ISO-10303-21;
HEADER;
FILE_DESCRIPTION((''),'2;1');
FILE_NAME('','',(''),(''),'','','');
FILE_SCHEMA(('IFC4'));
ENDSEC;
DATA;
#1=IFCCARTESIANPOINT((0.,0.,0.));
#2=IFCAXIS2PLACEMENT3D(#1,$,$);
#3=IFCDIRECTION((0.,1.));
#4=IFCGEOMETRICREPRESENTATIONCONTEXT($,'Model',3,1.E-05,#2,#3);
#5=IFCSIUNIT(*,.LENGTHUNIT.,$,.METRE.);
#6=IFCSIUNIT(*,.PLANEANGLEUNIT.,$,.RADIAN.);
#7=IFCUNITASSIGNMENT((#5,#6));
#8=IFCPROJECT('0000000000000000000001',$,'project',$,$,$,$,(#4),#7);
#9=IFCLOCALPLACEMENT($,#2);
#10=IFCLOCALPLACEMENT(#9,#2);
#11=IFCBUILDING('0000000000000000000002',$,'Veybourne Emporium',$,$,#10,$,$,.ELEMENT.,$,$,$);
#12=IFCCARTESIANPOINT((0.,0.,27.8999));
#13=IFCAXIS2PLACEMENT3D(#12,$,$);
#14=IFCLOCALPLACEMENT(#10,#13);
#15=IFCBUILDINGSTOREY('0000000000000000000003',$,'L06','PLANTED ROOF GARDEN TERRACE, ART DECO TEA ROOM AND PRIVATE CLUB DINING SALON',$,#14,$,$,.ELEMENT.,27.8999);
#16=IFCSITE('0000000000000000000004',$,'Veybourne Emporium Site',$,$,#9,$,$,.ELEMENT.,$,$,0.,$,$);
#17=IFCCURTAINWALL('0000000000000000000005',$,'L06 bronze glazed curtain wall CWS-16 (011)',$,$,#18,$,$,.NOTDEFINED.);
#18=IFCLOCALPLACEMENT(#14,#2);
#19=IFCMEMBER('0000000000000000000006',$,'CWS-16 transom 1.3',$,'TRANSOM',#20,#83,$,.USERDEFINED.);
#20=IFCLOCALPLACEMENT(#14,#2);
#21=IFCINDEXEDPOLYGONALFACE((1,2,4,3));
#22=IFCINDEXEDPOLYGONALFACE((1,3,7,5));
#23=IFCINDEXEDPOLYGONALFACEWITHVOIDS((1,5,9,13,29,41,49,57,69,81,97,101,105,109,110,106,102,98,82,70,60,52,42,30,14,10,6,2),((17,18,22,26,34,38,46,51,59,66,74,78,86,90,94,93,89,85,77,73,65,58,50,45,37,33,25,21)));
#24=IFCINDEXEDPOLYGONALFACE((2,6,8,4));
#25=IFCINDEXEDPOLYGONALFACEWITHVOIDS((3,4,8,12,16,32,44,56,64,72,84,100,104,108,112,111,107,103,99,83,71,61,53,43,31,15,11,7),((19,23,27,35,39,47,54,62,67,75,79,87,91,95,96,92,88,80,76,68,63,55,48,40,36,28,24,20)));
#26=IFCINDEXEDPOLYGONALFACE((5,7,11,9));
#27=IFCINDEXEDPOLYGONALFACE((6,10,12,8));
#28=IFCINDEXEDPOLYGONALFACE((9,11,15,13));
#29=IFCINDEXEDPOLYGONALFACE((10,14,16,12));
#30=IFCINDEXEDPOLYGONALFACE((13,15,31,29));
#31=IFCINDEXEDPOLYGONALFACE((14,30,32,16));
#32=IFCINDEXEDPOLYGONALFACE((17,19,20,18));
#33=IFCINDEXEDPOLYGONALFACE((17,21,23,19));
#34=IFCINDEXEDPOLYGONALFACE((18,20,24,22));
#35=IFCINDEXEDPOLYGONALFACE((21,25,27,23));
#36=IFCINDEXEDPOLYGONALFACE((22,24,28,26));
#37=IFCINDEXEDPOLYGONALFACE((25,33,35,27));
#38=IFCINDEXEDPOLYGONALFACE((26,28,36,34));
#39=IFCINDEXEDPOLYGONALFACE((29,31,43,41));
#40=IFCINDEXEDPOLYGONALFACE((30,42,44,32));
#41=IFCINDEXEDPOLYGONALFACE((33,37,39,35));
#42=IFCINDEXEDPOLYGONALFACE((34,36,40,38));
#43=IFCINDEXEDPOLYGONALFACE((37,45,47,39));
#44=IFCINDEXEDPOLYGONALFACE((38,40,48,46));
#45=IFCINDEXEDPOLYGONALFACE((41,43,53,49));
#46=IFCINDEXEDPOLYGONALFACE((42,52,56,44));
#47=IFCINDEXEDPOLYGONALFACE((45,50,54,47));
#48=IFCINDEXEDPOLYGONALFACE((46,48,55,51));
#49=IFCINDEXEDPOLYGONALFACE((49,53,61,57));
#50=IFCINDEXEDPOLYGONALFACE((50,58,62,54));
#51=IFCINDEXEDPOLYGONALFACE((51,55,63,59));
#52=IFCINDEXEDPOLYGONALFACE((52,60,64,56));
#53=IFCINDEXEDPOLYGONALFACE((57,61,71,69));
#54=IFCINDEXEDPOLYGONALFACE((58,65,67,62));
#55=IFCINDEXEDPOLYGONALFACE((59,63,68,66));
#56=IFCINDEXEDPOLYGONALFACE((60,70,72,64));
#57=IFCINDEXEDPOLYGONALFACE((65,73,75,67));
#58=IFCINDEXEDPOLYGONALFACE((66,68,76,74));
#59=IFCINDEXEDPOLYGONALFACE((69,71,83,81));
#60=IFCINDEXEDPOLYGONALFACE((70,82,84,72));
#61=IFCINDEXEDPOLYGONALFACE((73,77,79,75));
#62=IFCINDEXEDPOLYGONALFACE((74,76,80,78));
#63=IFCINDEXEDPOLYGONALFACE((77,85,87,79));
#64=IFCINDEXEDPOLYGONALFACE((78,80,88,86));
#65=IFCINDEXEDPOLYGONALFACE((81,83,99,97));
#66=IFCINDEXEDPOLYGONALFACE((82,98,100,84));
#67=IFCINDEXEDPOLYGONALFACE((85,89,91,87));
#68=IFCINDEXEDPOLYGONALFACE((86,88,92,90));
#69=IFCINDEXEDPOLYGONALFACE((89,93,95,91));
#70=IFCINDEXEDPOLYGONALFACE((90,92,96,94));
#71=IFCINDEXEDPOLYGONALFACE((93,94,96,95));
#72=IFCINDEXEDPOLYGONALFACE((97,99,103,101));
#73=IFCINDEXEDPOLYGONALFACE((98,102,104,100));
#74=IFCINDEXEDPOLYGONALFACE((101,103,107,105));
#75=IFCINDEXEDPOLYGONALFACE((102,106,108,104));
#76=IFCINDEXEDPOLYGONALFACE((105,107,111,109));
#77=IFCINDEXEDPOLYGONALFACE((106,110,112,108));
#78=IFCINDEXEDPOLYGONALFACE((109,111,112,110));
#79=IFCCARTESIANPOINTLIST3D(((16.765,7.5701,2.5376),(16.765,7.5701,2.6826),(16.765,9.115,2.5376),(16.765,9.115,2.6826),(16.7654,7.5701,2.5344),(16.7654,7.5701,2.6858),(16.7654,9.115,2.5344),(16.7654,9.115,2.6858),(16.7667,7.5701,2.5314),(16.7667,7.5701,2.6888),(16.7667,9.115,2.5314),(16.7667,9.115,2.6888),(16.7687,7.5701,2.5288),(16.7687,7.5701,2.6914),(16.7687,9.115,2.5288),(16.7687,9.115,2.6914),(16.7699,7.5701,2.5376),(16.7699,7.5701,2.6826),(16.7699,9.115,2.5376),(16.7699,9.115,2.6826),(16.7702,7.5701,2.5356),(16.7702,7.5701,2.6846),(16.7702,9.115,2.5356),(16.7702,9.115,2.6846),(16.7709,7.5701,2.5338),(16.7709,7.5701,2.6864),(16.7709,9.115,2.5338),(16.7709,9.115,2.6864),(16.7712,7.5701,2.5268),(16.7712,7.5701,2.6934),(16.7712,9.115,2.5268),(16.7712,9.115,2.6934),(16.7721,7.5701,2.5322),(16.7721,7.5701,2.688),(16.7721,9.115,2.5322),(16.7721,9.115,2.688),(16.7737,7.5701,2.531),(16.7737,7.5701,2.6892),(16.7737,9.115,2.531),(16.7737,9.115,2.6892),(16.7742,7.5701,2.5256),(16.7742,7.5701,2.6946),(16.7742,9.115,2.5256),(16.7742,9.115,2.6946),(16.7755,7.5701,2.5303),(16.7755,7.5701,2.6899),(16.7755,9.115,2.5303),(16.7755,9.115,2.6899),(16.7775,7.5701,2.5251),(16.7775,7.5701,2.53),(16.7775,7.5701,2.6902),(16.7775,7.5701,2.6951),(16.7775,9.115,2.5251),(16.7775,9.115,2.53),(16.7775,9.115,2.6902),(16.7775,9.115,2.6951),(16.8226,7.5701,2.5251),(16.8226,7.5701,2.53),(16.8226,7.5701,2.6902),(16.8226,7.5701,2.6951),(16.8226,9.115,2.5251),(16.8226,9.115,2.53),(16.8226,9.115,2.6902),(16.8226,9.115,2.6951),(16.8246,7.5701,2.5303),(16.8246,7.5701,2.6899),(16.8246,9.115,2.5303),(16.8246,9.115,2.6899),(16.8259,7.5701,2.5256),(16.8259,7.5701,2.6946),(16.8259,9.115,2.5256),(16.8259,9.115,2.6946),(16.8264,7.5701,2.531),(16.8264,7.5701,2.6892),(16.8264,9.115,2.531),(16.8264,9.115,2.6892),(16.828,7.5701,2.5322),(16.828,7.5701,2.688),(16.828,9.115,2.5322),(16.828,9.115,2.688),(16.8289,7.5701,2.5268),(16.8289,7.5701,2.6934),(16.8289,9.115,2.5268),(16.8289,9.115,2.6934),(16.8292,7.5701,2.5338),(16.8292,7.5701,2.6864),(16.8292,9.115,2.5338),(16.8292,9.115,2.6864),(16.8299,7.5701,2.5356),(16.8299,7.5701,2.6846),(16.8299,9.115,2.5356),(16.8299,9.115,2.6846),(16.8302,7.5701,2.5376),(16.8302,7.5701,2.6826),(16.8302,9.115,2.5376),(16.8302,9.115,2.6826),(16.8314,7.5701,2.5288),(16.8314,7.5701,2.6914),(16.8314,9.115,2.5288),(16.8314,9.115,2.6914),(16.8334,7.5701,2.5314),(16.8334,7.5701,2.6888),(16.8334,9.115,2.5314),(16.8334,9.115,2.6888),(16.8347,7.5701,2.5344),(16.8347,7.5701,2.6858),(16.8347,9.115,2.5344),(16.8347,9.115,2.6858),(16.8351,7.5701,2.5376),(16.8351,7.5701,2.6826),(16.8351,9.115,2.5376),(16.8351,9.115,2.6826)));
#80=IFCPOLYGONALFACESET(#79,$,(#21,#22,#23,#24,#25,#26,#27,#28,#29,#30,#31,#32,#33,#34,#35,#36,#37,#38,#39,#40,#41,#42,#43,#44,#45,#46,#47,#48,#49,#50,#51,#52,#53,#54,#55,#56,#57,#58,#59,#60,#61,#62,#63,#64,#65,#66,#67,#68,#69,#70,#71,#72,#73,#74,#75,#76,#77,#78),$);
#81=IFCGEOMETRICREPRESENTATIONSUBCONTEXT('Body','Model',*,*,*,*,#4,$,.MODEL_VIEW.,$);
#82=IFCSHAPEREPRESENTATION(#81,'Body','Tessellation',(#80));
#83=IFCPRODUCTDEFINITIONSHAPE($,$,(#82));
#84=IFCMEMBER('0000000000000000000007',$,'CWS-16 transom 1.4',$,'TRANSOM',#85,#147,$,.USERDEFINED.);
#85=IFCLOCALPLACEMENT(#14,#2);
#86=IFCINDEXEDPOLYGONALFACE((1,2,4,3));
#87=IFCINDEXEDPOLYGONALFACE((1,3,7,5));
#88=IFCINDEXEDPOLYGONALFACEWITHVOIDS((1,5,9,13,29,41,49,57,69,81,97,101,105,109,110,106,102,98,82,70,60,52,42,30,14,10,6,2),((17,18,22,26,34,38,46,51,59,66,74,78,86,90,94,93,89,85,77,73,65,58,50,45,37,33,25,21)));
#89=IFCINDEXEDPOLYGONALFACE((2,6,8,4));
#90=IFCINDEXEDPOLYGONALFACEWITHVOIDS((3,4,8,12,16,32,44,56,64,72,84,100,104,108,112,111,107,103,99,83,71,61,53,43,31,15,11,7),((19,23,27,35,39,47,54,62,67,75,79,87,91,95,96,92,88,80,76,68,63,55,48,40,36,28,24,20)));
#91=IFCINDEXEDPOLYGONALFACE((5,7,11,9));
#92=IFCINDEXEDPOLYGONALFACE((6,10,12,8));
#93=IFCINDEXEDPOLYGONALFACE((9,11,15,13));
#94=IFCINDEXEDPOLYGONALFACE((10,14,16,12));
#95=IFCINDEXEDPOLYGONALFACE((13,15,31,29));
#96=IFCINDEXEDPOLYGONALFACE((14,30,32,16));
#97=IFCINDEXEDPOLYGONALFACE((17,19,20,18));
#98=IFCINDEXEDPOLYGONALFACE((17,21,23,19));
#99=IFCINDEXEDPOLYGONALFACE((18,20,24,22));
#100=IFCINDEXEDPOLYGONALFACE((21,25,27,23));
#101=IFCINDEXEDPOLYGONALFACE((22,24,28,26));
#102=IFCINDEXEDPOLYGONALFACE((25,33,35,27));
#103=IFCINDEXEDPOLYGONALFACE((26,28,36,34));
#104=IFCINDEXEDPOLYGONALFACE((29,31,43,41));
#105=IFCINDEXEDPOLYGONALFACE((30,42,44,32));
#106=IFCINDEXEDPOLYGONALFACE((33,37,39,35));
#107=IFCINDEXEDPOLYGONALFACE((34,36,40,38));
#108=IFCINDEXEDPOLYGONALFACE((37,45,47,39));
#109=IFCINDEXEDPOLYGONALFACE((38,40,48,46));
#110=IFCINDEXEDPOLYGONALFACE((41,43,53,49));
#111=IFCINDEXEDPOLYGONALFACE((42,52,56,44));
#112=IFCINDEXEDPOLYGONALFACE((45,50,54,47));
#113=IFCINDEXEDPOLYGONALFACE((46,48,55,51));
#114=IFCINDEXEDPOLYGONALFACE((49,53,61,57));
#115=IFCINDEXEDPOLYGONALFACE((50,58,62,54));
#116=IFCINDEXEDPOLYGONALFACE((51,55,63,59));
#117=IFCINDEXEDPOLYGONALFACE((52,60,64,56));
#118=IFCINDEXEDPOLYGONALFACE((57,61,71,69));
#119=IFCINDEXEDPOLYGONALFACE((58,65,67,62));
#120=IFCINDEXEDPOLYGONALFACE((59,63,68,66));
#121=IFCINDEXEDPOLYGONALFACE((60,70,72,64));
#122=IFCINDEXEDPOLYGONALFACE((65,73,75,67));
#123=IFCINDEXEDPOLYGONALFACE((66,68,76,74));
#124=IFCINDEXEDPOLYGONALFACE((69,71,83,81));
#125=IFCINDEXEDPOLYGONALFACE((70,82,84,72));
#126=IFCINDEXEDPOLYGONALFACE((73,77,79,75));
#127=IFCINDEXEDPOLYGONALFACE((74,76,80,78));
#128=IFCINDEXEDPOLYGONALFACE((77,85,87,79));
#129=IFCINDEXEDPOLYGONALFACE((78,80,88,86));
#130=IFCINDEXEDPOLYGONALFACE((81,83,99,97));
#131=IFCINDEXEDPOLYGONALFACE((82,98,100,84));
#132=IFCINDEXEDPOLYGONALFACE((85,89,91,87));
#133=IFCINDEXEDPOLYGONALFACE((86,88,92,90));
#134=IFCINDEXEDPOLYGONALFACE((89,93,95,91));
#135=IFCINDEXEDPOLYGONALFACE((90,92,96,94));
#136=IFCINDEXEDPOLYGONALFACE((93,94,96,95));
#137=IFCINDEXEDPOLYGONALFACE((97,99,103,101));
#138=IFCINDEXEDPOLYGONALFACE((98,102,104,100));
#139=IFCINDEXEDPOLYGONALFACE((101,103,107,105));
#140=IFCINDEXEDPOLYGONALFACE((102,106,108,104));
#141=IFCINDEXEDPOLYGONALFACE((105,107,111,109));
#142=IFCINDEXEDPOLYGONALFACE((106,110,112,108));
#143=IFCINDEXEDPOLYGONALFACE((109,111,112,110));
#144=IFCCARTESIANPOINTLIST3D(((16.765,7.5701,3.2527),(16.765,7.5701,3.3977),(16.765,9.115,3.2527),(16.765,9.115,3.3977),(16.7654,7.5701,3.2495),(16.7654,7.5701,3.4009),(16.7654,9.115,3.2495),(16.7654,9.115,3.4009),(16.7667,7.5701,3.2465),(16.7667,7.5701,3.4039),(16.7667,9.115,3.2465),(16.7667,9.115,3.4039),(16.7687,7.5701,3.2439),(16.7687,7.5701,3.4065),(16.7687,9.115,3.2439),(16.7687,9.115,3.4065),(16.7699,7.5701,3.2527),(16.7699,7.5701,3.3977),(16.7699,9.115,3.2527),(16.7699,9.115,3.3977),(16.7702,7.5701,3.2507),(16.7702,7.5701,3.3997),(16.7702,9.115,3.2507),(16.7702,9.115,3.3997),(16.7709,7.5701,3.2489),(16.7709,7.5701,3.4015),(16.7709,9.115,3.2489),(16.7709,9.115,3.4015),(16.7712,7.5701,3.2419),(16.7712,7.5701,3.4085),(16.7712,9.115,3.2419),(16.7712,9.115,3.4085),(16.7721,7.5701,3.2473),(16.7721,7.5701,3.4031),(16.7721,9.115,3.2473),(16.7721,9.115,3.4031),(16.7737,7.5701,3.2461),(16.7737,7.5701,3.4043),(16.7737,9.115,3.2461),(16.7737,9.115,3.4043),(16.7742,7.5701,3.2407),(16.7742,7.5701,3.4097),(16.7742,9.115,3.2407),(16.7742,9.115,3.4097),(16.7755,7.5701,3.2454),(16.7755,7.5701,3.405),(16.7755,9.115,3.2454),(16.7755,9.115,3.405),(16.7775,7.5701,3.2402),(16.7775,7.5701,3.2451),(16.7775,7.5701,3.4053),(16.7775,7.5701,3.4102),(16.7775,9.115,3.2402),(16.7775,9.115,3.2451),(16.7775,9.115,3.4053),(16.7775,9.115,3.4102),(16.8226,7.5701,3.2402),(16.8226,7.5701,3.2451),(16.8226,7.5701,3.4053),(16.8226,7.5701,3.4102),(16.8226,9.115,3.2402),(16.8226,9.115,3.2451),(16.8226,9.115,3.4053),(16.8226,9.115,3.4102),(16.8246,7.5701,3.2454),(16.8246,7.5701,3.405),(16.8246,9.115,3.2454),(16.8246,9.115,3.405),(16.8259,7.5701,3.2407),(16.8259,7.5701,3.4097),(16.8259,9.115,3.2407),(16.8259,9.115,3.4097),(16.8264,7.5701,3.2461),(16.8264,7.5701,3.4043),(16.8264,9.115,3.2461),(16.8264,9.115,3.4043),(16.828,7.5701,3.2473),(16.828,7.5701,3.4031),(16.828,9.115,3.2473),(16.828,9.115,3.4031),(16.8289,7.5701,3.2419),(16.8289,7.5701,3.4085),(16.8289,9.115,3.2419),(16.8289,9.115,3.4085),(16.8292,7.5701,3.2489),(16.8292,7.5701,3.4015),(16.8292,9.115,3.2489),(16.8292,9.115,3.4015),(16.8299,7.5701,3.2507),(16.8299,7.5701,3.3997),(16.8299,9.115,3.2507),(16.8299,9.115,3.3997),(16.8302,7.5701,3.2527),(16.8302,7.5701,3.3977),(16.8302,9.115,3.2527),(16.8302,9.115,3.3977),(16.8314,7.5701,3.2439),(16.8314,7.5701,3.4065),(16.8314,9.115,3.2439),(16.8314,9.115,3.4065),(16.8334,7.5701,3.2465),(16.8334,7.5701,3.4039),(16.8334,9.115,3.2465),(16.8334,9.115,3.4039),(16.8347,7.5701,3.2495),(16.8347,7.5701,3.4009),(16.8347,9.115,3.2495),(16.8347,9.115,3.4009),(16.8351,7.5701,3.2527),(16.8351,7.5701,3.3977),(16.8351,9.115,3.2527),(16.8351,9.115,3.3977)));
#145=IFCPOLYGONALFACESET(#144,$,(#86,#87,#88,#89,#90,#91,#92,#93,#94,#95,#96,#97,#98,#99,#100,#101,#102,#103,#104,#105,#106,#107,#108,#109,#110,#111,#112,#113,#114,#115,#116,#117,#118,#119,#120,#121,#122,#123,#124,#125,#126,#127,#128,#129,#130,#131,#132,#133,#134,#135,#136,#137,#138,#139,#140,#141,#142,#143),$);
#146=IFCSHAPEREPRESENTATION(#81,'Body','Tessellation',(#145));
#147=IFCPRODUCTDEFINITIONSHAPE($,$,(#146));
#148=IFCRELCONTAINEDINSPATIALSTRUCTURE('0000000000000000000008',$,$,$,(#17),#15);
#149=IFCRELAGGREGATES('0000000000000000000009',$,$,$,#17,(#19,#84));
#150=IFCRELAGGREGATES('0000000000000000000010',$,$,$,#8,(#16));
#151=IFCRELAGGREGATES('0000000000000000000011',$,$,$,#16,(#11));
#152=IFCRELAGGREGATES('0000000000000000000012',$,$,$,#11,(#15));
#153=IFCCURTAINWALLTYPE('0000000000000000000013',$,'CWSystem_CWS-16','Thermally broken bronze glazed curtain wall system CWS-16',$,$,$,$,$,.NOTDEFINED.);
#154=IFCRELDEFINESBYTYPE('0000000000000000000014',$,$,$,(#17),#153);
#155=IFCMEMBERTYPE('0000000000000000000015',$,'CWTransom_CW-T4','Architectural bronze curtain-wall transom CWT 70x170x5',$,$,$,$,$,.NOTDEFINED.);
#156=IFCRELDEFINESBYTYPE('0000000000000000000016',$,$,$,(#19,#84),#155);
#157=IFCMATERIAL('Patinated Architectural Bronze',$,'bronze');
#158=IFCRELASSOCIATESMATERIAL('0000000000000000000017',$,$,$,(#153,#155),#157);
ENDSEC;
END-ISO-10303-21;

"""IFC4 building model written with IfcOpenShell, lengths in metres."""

from ifc_helpers import new_model, si_unit, direction, frame, origin, origin_2d, place, context, subcontext, project, spatial, hollow_rectangle, extrude, material, material_profile, profile_set, type_object, element, aggregate, save


model = new_model("IFC4")

# Units and contexts
model_context = context("Model", 3, precision=1e-05, world=origin(), true_north=direction((0.0, 1.0)))
body_context = subcontext(model_context, "Body", "Model", "MODEL_VIEW")
ifc_project = project(units=[si_unit("LENGTHUNIT", "METRE"), si_unit("PLANEANGLEUNIT", "RADIAN")], contexts=[model_context])

# Site, building, storey
site_placement = place(None, origin())
site = spatial("IfcSite", under=ifc_project, at=site_placement, Name="Veybourne Emporium Site", CompositionType="ELEMENT", RefElevation=0.0)
building_placement = place(site_placement, origin())
building = spatial("IfcBuilding", under=site, at=building_placement, Name="Veybourne Emporium", CompositionType="ELEMENT")
storey_placement = place(building_placement, frame((0.0, 0.0, 27.8999)))
storey = spatial("IfcBuildingStorey", under=building, at=storey_placement, Name="L06", Description="PLANTED ROOF GARDEN TERRACE, ART DECO TEA ROOM AND PRIVATE CLUB DINING SALON", CompositionType="ELEMENT", Elevation=27.8999)

# Curtain wall
ifc_material_1 = material(Name="Patinated Architectural Bronze", Category="bronze")
curtain_wall_type_1 = type_object("IfcCurtainWallType", Name="CWSystem_CWS-16", Description="Thermally broken bronze glazed curtain wall system CWS-16", PredefinedType="NOTDEFINED", material=ifc_material_1)
curtain_wall_1_placement = place(storey_placement, origin())
curtain_wall_1 = element("IfcCurtainWall", 1, at=curtain_wall_1_placement, inside=storey, type_object=curtain_wall_type_1, Name="L06 bronze glazed curtain wall CWS-16 (011)", PredefinedType="NOTDEFINED")

# Members
ifc_material_profile_1 = material_profile(ifc_material_1, hollow_rectangle(XDim=0.0701, YDim=0.1699, WallThickness=0.0049, InnerFilletRadius=0.0076, OuterFilletRadius=0.0125, at=origin_2d()), Name="CWT 70x170x5")
ifc_profile_set_1 = profile_set([ifc_material_profile_1], Name="Patinated Architectural Bronze")
member_type_1 = type_object("IfcMemberType", Name="CWTransom_CW-T4", Description="Architectural bronze curtain-wall transom CWT 70x170x5", PredefinedType="NOTDEFINED", material=ifc_profile_set_1)
member_1_placement = place(storey_placement, frame((16.8, 7.5701, 2.6101), z_axis=(0.0, 1.0, 0.0), x_axis=(-1.0, 0.0, 0.0)))
member_1 = element("IfcMember", 2, at=member_1_placement, type_object=member_type_1, Name="CWS-16 transom 1.3", ObjectType="TRANSOM", PredefinedType="USERDEFINED", context=body_context, shape_type="SweptSolid", body=[
    extrude(hollow_rectangle(XDim=0.0701, YDim=0.1699, WallThickness=0.0049, InnerFilletRadius=0.0076, OuterFilletRadius=0.0125, at=origin_2d()), origin(), (0.0, 0.0, 1.0), 1.5449),
])
member_2_placement = place(storey_placement, frame((16.8, 7.5701, 3.3252), z_axis=(0.0, 1.0, 0.0), x_axis=(-1.0, 0.0, 0.0)))
member_2 = element("IfcMember", 3, at=member_2_placement, type_object=member_type_1, Name="CWS-16 transom 1.4", ObjectType="TRANSOM", PredefinedType="USERDEFINED", context=body_context, shape_type="SweptSolid", body=[
    extrude(hollow_rectangle(XDim=0.0701, YDim=0.1699, WallThickness=0.0049, InnerFilletRadius=0.0076, OuterFilletRadius=0.0125, at=origin_2d()), origin(), (0.0, 0.0, 1.0), 1.5449),
])

aggregate(curtain_wall_1, [member_1, member_2])

save(model, "model.ifc")
